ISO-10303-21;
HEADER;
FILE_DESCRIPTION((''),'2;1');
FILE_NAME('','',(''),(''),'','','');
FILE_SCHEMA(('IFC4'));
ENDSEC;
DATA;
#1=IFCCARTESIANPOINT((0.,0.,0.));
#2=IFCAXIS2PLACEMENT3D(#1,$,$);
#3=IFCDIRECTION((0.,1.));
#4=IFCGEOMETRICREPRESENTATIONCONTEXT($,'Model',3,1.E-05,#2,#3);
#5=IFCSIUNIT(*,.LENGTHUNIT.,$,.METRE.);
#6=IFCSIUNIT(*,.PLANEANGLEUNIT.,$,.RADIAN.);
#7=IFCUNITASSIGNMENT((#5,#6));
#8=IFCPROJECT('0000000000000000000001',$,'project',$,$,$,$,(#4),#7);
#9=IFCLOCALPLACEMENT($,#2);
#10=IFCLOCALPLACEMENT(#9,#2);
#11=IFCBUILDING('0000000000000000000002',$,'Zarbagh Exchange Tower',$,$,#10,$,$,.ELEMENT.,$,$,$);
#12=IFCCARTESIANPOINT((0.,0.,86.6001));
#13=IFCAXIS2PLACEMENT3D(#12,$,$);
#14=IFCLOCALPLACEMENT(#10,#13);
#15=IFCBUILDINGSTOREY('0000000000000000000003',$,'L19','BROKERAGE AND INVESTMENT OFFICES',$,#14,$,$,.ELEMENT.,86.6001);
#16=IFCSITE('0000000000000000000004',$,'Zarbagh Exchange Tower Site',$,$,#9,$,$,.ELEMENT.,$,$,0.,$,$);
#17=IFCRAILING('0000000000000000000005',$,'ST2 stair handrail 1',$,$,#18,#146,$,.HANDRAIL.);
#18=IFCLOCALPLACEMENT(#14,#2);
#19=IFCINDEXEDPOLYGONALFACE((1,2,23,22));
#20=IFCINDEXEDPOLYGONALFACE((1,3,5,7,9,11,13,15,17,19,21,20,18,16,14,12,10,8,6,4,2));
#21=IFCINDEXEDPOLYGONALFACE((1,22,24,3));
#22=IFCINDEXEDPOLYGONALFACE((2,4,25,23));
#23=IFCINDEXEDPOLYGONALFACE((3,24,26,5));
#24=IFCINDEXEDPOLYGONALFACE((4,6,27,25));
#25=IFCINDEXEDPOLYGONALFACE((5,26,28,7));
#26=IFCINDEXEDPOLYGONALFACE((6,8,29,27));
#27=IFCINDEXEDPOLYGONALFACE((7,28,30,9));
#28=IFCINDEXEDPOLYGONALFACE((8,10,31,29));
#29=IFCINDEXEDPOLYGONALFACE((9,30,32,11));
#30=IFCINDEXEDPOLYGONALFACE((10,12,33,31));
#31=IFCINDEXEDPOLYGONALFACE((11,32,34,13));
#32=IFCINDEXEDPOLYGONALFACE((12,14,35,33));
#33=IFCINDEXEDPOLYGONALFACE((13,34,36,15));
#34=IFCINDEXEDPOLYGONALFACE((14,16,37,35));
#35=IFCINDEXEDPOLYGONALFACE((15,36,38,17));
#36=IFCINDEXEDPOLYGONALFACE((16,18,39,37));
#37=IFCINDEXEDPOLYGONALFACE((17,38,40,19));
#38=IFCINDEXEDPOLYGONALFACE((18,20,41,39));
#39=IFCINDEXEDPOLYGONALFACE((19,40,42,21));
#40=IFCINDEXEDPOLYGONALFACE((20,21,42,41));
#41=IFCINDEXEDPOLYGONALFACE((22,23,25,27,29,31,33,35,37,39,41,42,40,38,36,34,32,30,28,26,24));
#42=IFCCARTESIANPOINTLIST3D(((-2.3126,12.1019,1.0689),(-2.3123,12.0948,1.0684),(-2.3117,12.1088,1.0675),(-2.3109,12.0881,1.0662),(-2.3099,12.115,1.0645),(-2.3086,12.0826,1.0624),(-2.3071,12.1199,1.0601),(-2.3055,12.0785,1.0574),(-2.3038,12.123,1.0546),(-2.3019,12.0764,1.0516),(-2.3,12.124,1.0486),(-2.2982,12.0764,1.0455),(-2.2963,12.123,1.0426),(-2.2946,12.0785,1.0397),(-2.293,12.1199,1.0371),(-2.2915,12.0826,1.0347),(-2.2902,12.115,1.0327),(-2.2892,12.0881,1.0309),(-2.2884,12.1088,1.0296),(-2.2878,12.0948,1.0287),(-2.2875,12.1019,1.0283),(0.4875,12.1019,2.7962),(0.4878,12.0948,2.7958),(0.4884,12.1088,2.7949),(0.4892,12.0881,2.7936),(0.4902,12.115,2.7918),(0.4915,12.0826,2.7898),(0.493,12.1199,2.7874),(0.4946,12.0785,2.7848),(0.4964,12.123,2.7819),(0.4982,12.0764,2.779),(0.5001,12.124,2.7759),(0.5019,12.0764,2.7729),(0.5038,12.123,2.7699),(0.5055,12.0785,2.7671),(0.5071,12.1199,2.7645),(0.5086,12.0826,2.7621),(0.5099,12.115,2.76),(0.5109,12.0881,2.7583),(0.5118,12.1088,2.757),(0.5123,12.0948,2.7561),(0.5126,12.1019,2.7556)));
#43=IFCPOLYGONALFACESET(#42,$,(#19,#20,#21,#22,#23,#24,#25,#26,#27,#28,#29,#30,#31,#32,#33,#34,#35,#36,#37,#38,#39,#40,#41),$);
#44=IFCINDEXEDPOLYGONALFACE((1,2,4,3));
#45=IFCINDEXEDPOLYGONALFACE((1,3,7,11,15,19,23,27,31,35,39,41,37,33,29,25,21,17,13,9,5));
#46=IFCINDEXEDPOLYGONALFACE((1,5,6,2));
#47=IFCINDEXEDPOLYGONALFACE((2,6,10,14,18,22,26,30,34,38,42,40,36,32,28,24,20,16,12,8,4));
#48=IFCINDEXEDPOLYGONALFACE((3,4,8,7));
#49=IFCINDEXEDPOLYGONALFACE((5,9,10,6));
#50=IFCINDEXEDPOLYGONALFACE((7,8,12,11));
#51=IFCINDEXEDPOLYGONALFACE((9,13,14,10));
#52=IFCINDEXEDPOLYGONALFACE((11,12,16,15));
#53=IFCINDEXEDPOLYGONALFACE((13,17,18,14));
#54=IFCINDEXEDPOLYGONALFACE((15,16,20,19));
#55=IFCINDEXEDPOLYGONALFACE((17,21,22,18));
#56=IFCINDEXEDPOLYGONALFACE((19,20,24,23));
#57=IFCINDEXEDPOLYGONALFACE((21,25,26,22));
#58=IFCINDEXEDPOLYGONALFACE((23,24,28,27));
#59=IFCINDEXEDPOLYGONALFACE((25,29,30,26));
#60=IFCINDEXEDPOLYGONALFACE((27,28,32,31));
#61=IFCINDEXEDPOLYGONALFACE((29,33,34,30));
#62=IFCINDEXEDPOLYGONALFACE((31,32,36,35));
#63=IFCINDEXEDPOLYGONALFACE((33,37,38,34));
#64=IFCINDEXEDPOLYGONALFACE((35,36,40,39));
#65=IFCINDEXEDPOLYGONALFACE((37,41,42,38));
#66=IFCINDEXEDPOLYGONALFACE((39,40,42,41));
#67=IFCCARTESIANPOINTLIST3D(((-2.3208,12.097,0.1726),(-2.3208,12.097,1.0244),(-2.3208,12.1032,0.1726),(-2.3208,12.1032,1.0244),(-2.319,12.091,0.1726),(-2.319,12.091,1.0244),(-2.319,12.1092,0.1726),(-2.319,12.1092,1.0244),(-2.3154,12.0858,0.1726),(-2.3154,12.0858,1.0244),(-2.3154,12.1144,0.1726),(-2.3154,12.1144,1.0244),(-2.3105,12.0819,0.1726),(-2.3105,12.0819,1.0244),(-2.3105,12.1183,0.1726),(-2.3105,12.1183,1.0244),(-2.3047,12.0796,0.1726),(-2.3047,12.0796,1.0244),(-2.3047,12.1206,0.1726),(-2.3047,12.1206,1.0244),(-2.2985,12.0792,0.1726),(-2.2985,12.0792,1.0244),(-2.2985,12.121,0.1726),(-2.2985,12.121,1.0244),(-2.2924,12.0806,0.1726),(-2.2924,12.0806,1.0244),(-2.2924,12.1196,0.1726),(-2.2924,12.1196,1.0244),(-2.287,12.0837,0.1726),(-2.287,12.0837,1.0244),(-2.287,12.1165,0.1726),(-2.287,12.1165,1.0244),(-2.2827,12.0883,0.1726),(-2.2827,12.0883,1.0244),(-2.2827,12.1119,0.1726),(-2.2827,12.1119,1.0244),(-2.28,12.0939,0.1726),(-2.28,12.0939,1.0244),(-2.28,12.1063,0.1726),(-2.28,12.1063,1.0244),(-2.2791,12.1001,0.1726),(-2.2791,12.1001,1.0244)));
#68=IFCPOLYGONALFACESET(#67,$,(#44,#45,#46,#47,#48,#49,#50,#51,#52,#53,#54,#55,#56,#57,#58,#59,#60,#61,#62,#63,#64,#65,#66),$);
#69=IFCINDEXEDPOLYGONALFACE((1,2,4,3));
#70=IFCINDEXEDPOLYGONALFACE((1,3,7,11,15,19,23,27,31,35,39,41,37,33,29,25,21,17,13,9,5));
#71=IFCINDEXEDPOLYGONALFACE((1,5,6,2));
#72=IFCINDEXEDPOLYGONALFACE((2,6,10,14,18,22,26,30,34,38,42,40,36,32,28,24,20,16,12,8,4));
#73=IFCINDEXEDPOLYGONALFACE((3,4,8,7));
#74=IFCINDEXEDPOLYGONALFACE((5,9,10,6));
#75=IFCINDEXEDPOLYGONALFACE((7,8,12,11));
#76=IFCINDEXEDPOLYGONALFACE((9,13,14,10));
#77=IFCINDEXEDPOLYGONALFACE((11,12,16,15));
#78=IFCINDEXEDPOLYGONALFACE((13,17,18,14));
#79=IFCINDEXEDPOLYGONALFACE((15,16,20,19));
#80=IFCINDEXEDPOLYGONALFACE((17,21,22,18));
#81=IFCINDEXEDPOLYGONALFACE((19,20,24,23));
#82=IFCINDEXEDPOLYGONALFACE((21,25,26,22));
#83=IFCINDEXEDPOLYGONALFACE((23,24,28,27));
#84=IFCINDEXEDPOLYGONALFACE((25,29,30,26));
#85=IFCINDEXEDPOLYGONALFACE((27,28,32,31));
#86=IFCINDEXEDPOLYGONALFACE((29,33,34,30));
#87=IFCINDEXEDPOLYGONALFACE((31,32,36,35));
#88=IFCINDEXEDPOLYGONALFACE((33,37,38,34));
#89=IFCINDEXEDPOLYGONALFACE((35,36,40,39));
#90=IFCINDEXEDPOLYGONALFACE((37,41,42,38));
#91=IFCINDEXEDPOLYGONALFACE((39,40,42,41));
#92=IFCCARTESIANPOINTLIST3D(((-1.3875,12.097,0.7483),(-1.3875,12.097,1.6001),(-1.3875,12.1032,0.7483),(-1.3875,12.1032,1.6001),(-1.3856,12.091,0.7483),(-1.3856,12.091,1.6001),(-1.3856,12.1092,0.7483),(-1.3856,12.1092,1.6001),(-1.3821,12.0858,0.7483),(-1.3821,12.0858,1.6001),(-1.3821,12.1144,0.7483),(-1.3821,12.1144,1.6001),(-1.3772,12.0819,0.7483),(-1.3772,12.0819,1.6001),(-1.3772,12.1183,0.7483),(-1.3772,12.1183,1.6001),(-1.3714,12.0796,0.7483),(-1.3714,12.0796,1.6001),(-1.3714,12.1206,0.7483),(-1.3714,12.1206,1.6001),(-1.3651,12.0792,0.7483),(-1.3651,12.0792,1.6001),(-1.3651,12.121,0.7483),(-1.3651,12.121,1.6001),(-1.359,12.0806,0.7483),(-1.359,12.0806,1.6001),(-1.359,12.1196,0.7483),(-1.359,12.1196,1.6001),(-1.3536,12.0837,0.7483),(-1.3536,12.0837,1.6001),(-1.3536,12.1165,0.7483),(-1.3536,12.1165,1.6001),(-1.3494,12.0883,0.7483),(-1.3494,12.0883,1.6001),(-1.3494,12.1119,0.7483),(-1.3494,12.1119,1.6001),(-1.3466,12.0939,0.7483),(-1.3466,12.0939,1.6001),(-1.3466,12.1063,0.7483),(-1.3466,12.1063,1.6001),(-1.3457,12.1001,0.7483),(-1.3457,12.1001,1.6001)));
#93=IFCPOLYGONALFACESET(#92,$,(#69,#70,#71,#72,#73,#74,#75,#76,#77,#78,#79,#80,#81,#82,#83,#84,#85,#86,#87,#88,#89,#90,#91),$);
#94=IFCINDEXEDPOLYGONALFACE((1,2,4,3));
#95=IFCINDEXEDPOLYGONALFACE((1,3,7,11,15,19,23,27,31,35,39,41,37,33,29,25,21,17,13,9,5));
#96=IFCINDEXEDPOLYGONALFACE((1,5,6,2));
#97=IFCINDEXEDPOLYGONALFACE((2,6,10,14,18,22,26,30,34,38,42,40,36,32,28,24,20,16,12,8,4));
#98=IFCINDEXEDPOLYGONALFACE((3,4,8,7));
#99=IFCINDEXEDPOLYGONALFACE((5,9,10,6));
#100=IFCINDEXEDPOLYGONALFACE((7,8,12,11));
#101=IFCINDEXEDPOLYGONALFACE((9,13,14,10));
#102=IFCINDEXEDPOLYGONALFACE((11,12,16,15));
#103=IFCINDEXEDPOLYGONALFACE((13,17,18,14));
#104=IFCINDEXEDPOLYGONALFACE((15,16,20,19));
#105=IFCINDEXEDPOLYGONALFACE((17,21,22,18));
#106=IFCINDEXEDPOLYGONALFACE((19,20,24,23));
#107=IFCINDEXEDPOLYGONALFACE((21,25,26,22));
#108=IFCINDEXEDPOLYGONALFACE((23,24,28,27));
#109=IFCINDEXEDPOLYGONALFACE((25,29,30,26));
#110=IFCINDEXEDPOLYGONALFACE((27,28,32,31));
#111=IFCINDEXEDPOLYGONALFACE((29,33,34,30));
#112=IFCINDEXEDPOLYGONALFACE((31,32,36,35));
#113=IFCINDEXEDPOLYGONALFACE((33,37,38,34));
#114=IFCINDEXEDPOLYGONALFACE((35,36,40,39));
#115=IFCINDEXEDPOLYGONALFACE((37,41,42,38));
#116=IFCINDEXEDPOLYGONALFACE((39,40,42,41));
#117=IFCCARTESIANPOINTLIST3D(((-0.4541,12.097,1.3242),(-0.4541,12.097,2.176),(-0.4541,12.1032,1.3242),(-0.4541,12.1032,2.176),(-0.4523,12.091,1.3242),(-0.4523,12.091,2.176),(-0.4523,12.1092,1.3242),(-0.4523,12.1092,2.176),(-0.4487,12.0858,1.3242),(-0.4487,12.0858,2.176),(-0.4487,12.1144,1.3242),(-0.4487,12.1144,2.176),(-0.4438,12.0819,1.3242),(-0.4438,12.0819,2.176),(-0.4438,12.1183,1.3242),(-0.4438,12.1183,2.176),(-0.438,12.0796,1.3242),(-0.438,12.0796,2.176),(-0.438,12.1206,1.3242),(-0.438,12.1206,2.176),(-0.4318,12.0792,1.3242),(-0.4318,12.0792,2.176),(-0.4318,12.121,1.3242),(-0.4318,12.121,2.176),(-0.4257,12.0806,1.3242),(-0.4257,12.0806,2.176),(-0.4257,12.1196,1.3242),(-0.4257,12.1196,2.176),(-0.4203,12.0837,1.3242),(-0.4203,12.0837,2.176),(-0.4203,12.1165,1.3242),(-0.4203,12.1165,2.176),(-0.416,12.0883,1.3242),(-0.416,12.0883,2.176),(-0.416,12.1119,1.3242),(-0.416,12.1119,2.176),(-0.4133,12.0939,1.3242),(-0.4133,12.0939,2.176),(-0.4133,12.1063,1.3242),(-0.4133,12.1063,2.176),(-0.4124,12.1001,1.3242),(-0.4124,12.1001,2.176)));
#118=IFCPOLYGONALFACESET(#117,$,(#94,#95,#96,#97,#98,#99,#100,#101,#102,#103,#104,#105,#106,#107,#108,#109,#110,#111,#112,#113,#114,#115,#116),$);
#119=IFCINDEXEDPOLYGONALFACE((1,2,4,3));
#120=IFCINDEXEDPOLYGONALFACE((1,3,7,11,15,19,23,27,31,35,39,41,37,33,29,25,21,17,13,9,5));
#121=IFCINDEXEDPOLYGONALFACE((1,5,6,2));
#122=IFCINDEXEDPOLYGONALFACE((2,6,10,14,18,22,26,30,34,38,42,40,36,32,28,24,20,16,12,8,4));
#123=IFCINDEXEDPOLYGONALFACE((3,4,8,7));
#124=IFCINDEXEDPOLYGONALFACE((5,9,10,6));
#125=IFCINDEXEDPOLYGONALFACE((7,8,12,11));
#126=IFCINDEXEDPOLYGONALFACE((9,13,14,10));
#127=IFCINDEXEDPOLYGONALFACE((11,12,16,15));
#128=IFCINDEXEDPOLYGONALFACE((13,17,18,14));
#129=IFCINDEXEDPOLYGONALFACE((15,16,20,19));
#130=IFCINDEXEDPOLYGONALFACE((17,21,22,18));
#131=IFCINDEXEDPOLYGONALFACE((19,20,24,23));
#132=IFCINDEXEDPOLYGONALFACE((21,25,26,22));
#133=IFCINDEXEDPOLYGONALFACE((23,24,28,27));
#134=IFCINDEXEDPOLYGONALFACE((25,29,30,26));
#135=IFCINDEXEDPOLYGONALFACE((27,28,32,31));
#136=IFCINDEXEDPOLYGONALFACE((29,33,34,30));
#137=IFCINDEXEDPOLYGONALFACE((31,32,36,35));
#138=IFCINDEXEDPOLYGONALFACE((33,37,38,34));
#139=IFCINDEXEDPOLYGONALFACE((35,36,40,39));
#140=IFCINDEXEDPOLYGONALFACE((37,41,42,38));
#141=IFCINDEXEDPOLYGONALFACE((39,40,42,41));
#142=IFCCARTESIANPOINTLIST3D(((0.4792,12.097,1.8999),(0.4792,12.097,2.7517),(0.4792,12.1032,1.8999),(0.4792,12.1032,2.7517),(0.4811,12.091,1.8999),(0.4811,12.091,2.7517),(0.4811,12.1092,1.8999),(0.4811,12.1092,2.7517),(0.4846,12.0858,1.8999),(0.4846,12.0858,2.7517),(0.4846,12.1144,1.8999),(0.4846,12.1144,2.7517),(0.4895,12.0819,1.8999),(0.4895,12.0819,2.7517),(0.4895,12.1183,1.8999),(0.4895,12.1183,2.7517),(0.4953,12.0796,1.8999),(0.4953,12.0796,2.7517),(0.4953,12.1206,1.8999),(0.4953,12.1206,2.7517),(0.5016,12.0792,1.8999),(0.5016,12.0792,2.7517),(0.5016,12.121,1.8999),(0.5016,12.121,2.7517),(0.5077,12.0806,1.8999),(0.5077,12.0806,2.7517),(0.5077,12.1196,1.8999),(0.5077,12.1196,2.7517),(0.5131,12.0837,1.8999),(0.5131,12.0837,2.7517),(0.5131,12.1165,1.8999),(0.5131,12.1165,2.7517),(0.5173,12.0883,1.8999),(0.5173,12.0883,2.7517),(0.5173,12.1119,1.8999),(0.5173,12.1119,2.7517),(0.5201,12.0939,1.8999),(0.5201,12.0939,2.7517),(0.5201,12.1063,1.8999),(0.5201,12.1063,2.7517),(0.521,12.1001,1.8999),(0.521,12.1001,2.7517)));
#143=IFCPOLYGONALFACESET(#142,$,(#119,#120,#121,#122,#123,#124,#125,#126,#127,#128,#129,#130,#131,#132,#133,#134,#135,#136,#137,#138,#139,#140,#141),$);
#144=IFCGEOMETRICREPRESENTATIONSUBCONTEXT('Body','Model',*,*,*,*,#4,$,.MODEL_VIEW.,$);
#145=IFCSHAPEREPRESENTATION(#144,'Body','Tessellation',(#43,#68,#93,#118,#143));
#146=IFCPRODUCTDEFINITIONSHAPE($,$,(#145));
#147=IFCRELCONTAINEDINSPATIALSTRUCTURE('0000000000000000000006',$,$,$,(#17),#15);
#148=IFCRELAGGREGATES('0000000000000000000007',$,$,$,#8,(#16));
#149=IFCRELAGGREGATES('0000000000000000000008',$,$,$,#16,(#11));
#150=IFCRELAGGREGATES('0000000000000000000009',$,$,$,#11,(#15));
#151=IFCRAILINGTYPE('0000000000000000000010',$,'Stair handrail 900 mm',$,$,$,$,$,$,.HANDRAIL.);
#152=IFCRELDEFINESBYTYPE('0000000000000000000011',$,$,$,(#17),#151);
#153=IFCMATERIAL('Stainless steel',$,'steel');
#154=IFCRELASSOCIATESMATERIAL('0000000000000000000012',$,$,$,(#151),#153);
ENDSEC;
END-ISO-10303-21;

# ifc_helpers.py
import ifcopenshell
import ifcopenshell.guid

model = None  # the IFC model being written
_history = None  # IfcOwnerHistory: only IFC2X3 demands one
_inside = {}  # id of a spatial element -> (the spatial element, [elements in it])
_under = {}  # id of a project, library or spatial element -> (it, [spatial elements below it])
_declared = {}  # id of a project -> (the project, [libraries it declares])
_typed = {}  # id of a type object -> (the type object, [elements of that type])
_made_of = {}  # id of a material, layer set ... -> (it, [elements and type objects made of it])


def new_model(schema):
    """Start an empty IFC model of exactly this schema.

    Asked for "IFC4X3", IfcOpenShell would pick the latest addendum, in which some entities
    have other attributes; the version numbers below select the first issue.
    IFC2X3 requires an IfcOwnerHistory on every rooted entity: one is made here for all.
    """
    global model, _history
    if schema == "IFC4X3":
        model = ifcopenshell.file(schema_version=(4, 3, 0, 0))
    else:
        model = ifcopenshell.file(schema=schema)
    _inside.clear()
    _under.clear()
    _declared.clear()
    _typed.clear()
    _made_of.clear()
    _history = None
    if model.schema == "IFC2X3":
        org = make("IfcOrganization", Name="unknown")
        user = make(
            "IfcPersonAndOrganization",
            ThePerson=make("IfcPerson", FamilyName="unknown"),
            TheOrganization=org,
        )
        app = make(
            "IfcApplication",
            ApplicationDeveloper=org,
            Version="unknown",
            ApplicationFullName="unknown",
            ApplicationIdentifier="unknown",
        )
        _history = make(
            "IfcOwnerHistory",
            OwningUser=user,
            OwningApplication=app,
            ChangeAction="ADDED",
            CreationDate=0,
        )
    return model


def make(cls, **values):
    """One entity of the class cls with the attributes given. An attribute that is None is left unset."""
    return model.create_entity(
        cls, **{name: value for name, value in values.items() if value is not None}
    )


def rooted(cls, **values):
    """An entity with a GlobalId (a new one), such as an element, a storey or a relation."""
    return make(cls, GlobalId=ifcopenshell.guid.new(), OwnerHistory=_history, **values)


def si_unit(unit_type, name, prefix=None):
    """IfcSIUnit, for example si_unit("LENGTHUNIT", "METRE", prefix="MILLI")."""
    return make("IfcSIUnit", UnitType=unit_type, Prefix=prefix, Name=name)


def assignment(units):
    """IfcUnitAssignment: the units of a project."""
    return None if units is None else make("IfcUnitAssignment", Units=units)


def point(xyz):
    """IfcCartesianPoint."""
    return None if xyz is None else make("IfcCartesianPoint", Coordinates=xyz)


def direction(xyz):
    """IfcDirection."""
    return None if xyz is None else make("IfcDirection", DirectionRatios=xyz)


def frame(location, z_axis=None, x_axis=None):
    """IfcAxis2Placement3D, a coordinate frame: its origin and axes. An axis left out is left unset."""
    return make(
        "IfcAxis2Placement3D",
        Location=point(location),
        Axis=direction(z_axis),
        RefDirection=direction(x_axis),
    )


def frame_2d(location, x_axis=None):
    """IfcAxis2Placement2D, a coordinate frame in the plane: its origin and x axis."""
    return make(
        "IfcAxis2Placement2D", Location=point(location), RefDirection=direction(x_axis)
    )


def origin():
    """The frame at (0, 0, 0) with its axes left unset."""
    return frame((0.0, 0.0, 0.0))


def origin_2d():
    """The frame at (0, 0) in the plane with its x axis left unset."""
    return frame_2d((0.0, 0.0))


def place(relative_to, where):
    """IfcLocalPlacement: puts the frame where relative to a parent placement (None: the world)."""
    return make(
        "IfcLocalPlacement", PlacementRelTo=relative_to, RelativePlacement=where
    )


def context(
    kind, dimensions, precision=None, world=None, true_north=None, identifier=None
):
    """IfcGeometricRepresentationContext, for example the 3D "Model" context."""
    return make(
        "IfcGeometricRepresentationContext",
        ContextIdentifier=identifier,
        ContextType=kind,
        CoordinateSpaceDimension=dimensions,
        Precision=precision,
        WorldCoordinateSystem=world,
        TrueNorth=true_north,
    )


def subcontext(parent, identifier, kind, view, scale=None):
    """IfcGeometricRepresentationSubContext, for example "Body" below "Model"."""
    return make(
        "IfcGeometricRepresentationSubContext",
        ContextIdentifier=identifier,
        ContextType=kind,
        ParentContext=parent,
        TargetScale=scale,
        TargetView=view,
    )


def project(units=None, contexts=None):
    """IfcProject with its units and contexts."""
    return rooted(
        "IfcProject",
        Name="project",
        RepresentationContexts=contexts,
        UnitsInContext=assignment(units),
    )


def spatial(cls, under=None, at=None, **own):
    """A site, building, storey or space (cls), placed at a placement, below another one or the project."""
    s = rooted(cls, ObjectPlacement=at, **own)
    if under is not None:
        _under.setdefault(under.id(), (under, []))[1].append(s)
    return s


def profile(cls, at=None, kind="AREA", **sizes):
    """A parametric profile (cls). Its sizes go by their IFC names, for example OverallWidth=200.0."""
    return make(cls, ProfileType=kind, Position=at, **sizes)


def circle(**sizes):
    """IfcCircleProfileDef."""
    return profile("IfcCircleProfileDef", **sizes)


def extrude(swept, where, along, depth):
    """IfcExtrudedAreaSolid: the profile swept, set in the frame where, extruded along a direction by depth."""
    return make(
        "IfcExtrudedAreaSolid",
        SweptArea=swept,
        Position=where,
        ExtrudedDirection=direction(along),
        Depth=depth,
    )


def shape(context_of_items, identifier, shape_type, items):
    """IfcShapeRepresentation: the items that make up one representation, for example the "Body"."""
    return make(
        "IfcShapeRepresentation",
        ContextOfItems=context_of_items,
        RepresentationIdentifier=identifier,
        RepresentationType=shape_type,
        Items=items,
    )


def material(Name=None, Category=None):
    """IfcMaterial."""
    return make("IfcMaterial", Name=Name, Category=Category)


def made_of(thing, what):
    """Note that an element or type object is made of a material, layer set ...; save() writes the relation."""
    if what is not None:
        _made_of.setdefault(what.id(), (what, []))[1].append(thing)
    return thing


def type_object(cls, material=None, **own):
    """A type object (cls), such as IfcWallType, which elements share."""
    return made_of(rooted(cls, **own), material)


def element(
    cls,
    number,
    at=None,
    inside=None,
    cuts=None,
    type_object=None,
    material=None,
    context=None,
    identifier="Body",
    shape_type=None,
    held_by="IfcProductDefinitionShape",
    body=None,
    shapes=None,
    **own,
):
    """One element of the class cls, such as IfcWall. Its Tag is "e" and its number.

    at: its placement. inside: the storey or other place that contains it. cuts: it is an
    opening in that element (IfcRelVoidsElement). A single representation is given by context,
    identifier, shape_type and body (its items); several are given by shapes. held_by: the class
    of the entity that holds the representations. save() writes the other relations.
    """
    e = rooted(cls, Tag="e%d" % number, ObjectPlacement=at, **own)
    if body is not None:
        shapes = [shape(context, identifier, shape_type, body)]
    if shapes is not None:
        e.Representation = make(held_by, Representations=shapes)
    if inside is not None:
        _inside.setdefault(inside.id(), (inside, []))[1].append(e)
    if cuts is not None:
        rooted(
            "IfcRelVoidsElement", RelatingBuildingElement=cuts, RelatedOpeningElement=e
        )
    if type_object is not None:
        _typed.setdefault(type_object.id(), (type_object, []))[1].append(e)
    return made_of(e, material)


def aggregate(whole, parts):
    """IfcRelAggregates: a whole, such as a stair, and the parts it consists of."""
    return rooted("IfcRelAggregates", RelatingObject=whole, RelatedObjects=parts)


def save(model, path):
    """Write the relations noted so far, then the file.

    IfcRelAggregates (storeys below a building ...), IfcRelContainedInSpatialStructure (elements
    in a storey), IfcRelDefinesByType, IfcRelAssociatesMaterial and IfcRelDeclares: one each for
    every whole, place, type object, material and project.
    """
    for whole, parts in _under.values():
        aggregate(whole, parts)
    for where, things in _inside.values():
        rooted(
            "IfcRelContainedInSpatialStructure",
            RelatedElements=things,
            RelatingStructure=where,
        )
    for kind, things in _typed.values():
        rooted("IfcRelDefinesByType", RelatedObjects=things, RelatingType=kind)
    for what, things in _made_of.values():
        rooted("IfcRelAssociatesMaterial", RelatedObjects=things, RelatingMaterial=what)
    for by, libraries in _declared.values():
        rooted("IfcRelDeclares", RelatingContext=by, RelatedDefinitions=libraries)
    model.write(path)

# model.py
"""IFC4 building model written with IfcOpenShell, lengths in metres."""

from ifc_helpers import new_model, si_unit, direction, frame, origin, origin_2d, place, context, subcontext, project, spatial, circle, extrude, material, type_object, element, save


model = new_model("IFC4")

# Units and contexts
model_context = context("Model", 3, precision=1e-05, world=origin(), true_north=direction((0.0, 1.0)))
body_context = subcontext(model_context, "Body", "Model", "MODEL_VIEW")
ifc_project = project(units=[si_unit("LENGTHUNIT", "METRE"), si_unit("PLANEANGLEUNIT", "RADIAN")], contexts=[model_context])

# Site, building, storey
site_placement = place(None, origin())
site = spatial("IfcSite", under=ifc_project, at=site_placement, Name="Zarbagh Exchange Tower Site", CompositionType="ELEMENT", RefElevation=0.0)
building_placement = place(site_placement, origin())
building = spatial("IfcBuilding", under=site, at=building_placement, Name="Zarbagh Exchange Tower", CompositionType="ELEMENT")
storey_placement = place(building_placement, frame((0.0, 0.0, 86.6001)))
storey = spatial("IfcBuildingStorey", under=building, at=storey_placement, Name="L19", Description="BROKERAGE AND INVESTMENT OFFICES", CompositionType="ELEMENT", Elevation=86.6001)

# Shared definitions
ifc_material_1 = material(Name="Stainless steel", Category="steel")

# Railing
railing_type_1 = type_object("IfcRailingType", Name="Stair handrail 900 mm", PredefinedType="HANDRAIL", material=ifc_material_1)
for number, where, name in (
    (1, (-2.3, 12.1001, 0.1726), "ST2 stair handrail 1"),
):
    element("IfcRailing", number, at=place(storey_placement, frame(where)), inside=storey, type_object=railing_type_1, Name=name, PredefinedType="HANDRAIL", context=body_context, shape_type="SweptSolid", body=[
        extrude(circle(Radius=0.0239, at=origin_2d()), frame((0.0, 0.0, 0.876), z_axis=(0.85109, 0.0, 0.52502), x_axis=(0.0, 1.0, 0.0)), (0.0, 0.0, 1.0), 3.29),
        extrude(circle(Radius=0.021, at=origin_2d()), origin(), (0.0, 0.0, 1.0), 0.8518),
        extrude(circle(Radius=0.021, at=origin_2d()), frame((0.9333, 0.0, 0.5757)), (0.0, 0.0, 1.0), 0.8518),
        extrude(circle(Radius=0.021, at=origin_2d()), frame((1.8667, 0.0, 1.1516)), (0.0, 0.0, 1.0), 0.8518),
        extrude(circle(Radius=0.021, at=origin_2d()), frame((2.8, 0.0, 1.7273)), (0.0, 0.0, 1.0), 0.8518),
    ])

save(model, "model.ifc")
